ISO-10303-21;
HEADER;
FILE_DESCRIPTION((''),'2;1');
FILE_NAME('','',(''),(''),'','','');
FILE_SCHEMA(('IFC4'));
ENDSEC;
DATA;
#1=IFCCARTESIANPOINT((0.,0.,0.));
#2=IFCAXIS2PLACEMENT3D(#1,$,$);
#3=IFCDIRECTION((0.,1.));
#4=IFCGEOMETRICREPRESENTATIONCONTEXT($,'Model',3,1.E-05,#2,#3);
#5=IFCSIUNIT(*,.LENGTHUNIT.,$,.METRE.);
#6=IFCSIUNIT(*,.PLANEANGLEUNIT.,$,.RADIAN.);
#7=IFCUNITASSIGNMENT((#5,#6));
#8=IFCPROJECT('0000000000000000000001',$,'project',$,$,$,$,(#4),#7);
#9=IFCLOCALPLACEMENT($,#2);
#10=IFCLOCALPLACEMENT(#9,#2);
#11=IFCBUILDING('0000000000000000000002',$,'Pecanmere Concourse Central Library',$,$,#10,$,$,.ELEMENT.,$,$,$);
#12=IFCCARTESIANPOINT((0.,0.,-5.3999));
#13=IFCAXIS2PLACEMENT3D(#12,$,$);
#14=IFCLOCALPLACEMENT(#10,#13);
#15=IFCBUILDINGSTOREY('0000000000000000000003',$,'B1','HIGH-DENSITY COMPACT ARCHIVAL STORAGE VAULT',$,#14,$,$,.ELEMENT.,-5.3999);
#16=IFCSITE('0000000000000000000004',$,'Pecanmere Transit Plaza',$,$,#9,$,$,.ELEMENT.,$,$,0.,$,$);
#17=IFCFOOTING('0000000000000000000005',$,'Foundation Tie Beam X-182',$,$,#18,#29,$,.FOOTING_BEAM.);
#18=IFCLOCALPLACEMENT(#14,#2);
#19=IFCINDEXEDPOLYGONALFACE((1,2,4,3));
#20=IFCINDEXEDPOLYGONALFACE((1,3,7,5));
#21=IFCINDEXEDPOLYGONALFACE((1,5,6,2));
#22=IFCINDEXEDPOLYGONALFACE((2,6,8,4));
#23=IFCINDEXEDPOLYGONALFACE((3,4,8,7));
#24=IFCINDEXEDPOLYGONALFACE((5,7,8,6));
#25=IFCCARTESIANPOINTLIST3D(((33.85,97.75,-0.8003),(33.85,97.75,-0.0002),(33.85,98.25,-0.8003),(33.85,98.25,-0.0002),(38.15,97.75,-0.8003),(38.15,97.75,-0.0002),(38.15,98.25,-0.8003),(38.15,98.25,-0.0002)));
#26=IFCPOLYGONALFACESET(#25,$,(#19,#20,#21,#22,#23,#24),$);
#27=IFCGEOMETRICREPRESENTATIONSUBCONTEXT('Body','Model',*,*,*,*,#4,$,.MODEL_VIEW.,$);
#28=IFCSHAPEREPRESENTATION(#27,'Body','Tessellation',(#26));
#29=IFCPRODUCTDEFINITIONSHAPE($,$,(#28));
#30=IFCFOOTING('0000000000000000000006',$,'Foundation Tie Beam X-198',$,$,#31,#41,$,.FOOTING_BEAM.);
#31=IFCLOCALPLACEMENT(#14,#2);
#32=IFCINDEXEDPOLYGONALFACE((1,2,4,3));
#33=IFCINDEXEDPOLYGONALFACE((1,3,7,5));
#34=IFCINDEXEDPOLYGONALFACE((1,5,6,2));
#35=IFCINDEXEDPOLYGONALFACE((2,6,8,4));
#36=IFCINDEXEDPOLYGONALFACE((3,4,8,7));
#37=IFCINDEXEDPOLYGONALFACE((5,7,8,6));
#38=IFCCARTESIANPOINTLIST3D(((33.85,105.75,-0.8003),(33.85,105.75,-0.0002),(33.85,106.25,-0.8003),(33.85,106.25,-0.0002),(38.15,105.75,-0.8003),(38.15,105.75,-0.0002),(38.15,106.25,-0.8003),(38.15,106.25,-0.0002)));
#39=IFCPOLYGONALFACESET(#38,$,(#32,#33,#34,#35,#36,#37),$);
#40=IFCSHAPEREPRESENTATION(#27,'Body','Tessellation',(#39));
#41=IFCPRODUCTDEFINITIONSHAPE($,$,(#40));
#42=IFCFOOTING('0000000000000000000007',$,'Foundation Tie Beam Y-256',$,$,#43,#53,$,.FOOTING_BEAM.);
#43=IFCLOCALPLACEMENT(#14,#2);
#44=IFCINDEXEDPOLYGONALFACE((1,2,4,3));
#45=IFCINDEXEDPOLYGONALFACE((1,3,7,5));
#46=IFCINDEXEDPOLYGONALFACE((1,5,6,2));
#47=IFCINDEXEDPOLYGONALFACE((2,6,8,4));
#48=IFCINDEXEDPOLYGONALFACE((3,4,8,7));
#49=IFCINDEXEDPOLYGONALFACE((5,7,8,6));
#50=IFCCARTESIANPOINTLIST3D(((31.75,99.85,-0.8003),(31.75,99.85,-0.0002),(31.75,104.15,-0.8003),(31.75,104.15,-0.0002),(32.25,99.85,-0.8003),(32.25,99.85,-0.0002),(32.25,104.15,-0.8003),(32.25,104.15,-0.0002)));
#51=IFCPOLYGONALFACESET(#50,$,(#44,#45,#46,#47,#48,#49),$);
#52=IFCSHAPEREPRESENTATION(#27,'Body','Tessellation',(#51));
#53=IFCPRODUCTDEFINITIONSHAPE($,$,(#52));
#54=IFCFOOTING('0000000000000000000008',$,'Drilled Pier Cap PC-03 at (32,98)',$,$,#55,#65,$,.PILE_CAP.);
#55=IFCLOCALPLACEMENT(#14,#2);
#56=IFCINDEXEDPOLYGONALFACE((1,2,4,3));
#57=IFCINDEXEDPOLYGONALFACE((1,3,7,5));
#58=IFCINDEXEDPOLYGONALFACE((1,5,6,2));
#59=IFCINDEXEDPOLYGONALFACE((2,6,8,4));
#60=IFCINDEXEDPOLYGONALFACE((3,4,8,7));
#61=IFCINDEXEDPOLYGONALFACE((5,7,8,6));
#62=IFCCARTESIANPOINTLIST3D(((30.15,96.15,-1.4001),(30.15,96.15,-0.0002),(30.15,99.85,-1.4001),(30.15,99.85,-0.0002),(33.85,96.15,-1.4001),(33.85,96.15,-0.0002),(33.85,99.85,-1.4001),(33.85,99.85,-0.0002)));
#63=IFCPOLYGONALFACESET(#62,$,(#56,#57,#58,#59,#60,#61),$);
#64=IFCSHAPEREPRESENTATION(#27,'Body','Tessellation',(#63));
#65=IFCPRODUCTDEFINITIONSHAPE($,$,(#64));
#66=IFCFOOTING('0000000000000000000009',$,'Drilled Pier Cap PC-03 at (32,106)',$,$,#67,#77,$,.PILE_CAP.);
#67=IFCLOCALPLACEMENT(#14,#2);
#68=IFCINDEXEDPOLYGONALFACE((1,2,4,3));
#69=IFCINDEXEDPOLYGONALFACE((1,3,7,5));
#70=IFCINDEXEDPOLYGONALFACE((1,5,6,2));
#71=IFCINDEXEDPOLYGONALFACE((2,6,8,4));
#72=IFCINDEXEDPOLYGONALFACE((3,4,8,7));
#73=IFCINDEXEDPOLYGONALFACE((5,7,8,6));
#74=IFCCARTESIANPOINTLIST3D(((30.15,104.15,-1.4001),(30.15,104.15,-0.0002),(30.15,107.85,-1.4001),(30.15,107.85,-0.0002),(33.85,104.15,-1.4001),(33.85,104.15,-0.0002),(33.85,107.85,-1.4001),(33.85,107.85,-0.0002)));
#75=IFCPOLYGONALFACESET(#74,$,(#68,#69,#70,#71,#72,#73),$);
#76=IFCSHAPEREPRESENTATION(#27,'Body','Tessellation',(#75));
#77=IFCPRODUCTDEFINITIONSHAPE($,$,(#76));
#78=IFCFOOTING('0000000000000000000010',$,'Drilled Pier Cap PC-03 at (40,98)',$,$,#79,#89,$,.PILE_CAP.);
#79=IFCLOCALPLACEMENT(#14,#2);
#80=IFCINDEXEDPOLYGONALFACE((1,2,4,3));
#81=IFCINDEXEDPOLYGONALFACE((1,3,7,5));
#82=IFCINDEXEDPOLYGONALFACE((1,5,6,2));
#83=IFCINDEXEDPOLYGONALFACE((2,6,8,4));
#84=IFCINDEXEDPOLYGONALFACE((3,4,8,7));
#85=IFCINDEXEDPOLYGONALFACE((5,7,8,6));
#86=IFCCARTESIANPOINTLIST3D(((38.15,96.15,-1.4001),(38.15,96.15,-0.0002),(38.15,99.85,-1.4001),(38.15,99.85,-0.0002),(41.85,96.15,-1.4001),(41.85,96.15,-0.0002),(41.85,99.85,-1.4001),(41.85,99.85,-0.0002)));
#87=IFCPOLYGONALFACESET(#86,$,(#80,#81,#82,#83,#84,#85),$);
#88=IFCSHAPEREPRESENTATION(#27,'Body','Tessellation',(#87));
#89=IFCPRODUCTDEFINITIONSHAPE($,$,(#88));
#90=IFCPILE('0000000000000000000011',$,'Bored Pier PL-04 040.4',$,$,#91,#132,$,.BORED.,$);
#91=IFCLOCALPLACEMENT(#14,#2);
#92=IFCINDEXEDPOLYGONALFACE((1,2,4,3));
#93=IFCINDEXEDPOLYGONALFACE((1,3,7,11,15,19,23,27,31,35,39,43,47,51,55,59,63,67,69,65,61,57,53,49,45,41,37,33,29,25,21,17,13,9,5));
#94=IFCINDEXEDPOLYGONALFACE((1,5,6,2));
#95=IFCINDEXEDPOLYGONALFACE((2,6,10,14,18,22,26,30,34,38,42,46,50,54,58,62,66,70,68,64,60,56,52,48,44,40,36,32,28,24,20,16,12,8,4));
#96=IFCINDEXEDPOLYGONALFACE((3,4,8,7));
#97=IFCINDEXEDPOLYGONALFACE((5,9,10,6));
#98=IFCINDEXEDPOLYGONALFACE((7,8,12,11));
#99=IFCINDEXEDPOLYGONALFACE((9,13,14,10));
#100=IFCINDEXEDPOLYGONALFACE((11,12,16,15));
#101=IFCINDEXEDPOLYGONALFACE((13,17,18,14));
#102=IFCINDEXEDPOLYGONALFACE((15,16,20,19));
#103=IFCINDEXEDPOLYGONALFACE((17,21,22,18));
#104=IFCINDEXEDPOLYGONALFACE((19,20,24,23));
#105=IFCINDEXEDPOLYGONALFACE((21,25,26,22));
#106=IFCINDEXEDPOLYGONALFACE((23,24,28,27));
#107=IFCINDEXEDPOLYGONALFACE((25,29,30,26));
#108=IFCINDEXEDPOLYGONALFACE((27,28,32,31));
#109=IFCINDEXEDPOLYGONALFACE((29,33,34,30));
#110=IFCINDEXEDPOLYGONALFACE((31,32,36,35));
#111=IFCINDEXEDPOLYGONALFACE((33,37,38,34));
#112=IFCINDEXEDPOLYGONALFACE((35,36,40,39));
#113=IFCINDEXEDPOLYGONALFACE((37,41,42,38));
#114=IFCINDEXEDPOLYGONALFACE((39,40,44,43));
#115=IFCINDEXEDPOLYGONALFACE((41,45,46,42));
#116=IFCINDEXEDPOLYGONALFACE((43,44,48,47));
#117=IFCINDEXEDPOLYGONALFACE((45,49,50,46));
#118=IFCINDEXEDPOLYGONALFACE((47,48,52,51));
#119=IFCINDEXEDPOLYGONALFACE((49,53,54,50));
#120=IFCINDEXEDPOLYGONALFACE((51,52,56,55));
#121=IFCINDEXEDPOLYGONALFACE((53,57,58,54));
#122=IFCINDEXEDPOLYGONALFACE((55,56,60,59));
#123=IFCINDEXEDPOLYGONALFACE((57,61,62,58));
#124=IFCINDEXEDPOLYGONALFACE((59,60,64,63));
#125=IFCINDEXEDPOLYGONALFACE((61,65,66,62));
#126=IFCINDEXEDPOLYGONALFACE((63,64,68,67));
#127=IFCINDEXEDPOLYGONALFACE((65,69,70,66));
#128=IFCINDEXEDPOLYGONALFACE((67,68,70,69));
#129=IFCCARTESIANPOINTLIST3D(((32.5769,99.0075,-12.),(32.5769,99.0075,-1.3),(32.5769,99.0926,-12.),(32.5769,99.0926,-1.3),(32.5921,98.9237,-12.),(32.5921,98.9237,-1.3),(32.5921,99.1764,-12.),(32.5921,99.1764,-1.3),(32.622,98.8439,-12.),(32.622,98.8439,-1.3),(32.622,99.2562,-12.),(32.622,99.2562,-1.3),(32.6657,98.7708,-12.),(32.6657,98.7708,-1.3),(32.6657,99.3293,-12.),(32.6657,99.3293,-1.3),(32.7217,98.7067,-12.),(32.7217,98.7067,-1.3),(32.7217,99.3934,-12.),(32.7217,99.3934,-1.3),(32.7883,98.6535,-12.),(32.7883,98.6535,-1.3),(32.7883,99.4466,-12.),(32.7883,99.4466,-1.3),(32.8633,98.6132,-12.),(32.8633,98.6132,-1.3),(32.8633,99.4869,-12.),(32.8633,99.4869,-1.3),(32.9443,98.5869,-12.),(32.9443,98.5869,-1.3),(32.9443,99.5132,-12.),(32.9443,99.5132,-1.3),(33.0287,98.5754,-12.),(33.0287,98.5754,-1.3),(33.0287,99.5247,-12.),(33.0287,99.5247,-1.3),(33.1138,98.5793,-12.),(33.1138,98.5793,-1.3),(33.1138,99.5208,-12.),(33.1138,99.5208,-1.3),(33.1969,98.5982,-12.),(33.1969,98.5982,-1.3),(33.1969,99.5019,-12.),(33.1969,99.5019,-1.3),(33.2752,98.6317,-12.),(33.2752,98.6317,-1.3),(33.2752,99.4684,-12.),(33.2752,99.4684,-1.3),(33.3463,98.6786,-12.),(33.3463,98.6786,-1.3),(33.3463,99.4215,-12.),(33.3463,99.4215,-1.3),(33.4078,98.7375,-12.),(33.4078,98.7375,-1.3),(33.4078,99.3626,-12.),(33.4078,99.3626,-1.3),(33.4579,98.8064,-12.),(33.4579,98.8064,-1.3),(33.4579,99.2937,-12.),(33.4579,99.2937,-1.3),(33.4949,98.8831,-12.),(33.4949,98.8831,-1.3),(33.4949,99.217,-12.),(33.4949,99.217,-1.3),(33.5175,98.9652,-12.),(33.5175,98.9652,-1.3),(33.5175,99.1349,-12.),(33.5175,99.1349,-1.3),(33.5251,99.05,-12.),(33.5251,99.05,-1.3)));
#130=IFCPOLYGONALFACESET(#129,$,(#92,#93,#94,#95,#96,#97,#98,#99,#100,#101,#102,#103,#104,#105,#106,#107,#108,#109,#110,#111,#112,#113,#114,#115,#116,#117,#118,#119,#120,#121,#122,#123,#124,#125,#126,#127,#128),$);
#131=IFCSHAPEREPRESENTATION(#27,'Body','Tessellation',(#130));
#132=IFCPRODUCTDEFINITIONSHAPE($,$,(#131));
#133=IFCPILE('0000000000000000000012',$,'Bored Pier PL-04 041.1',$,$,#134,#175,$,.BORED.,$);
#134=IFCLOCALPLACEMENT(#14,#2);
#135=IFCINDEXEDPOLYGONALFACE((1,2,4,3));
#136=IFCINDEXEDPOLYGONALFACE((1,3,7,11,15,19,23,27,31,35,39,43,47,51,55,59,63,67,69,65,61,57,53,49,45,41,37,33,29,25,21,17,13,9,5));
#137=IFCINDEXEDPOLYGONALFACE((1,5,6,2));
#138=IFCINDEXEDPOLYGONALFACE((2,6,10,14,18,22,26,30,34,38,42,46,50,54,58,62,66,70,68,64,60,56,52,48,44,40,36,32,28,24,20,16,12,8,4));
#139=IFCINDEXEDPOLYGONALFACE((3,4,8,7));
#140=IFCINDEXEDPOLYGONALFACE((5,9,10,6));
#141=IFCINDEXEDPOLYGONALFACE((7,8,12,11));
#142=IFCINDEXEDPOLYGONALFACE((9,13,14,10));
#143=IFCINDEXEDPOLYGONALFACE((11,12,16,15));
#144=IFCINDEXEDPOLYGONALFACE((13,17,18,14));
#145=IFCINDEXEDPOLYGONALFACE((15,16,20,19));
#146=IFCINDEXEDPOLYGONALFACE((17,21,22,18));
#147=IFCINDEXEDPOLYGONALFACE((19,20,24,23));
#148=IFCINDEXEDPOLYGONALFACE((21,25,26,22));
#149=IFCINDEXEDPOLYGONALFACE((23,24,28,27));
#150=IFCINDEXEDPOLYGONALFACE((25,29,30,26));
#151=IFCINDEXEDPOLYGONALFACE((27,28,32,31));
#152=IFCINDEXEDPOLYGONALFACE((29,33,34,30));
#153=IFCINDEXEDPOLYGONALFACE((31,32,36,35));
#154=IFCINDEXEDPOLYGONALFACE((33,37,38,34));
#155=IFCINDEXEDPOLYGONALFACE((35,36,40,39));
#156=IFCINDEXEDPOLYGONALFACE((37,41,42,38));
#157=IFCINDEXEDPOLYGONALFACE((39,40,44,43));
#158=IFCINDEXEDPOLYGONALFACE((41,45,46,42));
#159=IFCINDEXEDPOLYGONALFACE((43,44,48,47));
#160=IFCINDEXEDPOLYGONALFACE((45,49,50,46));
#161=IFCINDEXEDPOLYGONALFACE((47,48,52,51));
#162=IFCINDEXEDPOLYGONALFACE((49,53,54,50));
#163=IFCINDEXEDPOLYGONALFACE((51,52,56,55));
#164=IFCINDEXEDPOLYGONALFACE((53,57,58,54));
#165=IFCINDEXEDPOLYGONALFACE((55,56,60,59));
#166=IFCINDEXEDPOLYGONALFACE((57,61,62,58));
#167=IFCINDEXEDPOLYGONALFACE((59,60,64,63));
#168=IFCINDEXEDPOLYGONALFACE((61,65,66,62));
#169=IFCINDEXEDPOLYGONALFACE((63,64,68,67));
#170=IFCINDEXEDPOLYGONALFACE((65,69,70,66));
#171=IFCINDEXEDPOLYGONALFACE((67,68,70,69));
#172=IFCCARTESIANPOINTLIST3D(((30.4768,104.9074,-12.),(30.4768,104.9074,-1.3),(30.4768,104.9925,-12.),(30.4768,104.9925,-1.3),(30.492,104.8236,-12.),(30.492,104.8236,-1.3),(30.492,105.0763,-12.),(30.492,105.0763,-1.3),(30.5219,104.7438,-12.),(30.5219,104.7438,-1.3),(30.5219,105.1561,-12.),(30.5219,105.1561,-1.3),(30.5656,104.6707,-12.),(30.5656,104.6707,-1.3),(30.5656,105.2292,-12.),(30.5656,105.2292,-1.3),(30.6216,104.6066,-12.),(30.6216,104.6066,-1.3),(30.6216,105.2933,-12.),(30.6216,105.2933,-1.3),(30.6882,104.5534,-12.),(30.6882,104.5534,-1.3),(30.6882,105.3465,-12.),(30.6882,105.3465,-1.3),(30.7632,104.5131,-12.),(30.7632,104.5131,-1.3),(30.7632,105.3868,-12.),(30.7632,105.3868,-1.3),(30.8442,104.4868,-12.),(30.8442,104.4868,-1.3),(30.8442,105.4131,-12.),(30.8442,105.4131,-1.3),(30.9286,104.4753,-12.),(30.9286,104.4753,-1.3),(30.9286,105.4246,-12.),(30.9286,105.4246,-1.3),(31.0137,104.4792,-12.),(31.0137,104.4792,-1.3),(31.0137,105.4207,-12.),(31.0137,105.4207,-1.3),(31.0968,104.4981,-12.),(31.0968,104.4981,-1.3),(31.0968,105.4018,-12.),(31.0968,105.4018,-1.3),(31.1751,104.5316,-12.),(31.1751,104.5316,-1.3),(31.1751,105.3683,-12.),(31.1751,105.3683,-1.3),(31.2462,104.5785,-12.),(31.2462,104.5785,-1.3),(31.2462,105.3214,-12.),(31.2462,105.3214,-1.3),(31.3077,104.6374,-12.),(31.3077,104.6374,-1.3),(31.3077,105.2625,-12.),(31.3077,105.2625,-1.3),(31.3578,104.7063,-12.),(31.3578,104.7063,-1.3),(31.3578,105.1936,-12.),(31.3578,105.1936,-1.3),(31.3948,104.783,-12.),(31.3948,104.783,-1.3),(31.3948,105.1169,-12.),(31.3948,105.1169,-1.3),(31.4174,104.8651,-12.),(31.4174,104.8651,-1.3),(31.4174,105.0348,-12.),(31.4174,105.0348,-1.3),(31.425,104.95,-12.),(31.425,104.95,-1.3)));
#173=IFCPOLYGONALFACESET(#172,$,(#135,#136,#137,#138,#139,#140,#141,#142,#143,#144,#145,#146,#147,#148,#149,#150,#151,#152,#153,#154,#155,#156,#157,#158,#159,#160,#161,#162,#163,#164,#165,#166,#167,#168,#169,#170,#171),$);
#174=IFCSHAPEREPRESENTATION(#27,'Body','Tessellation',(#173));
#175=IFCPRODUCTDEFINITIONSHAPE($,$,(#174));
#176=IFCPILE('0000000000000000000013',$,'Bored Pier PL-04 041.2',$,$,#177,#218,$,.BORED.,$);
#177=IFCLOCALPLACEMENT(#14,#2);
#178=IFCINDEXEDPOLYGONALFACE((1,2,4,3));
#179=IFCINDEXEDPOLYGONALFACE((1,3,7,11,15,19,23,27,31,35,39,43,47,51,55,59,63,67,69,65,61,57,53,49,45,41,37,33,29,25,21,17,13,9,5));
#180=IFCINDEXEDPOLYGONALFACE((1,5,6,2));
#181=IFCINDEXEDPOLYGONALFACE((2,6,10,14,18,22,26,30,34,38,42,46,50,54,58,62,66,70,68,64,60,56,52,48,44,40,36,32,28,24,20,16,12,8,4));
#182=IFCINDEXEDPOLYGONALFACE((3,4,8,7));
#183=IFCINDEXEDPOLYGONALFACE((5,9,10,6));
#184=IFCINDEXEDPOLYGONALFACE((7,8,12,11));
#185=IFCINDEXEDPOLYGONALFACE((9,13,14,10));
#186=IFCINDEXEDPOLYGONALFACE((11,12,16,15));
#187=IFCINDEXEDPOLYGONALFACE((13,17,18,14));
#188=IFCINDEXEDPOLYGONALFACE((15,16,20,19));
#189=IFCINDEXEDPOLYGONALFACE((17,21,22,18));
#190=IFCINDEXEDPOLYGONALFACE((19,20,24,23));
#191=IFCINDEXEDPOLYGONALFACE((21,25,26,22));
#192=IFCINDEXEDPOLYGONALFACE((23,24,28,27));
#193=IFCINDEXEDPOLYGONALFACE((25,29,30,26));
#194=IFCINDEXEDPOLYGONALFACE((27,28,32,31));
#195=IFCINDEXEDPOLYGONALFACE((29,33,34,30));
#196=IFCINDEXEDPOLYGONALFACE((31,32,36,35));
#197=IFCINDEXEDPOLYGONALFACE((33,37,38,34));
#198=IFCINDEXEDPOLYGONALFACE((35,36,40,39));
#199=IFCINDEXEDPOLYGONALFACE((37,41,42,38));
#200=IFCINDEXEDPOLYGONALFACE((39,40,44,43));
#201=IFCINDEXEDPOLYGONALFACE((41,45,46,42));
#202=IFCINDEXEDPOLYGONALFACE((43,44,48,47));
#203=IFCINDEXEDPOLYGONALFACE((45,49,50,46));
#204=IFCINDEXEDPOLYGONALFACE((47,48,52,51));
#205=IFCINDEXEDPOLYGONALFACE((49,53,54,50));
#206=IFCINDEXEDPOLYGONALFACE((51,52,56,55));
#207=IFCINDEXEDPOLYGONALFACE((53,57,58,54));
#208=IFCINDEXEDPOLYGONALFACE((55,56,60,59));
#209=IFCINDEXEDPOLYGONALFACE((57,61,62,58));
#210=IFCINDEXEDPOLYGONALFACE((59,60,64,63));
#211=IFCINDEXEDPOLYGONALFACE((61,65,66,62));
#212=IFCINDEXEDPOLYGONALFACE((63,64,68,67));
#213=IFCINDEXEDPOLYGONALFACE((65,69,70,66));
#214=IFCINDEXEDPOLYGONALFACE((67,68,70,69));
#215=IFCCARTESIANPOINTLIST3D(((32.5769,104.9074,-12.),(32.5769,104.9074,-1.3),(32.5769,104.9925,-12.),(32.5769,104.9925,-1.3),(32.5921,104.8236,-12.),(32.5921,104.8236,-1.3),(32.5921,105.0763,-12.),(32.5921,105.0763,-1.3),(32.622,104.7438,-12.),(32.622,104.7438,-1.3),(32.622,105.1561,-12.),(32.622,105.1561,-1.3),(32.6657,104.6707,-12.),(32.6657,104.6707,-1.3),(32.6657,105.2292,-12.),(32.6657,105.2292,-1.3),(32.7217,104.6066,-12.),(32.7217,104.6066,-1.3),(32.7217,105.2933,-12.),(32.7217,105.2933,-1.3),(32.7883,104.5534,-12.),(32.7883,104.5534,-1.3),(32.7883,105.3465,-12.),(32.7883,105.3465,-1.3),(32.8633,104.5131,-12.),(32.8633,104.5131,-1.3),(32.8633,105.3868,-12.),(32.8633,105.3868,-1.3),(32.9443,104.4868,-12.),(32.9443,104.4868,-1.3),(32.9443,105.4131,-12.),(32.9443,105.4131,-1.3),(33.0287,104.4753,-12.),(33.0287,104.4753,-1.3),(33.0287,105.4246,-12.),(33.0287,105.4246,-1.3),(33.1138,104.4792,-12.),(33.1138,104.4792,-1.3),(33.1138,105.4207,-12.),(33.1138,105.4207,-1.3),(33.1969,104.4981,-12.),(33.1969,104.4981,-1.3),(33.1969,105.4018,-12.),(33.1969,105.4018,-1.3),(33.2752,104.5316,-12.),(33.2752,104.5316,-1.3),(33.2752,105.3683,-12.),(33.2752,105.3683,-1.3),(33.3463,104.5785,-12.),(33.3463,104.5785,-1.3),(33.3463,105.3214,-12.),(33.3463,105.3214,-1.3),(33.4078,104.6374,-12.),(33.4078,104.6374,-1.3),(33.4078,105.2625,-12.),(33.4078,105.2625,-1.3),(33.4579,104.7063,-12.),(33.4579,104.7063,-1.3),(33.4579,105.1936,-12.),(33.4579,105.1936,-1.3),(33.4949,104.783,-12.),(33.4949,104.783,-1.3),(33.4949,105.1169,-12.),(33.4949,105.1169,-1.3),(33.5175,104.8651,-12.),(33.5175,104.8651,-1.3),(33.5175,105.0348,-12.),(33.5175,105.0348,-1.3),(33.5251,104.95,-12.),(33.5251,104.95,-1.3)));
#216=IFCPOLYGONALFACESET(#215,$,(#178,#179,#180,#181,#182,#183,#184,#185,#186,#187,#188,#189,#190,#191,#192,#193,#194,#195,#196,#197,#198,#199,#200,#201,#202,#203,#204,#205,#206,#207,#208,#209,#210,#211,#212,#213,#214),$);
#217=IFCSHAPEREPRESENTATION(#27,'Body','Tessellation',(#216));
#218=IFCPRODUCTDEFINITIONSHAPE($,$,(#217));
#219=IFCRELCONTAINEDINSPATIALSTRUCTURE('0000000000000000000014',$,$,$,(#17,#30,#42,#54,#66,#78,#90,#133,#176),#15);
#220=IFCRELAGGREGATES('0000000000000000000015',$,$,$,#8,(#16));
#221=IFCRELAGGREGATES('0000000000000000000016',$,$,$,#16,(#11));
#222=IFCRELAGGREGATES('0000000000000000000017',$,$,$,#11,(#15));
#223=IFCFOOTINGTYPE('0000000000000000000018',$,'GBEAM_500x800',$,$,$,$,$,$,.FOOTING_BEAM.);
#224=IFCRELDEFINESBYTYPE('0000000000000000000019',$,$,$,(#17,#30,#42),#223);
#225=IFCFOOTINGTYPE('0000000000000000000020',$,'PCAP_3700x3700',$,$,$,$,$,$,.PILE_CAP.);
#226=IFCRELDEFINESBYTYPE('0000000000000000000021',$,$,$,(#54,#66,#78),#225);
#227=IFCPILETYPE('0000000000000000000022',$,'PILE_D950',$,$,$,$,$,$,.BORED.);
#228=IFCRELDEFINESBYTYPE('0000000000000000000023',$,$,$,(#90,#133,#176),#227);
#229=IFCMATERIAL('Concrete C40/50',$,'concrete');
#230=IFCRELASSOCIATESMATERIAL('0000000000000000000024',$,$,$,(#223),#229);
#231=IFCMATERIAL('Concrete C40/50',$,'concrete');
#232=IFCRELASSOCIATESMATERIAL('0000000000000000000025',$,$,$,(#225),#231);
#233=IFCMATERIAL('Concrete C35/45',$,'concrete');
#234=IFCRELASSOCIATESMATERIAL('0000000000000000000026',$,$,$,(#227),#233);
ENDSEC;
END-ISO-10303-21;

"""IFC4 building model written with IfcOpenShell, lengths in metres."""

from ifc_helpers import new_model, si_unit, direction, frame, origin, origin_2d, place, context, subcontext, project, spatial, rectangle, circle, extrude, material, material_profile, profile_set, type_object, element, save


model = new_model("IFC4")

# Units and contexts
model_context = context("Model", 3, precision=1e-05, world=origin(), true_north=direction((0.0, 1.0)))
body_context = subcontext(model_context, "Body", "Model", "MODEL_VIEW")
ifc_project = project(units=[si_unit("LENGTHUNIT", "METRE"), si_unit("PLANEANGLEUNIT", "RADIAN")], contexts=[model_context])

# Site, building, storey
site_placement = place(None, origin())
site = spatial("IfcSite", under=ifc_project, at=site_placement, Name="Pecanmere Transit Plaza", CompositionType="ELEMENT", RefElevation=0.0)
building_placement = place(site_placement, origin())
building = spatial("IfcBuilding", under=site, at=building_placement, Name="Pecanmere Concourse Central Library", CompositionType="ELEMENT")
storey_placement = place(building_placement, frame((0.0, 0.0, -5.3999)))
storey = spatial("IfcBuildingStorey", under=building, at=storey_placement, Name="B1", Description="HIGH-DENSITY COMPACT ARCHIVAL STORAGE VAULT", CompositionType="ELEMENT", Elevation=-5.3999)

# Footings
ifc_material_1 = material(Name="Concrete C40/50", Category="concrete")
ifc_material_profile_1 = material_profile(ifc_material_1, rectangle(XDim=0.5, YDim=0.8, at=origin_2d()), Name="RC 500x800")
ifc_profile_set_1 = profile_set([ifc_material_profile_1], Name="Concrete C40/50")
footing_type_1 = type_object("IfcFootingType", Name="GBEAM_500x800", PredefinedType="FOOTING_BEAM", material=ifc_profile_set_1)
for number, where, z_axis, x_axis, name in (
    (1, (36.0, 98.0, -0.8003), (0.0, 0.0, 1.0), (1.0, 0.0, 0.0), "Foundation Tie Beam X-182"),
    (2, (36.0, 106.0, -0.8003), (0.0, 0.0, 1.0), (1.0, 0.0, 0.0), "Foundation Tie Beam X-198"),
    (3, (32.0, 102.0, -0.8003), (0.0, 0.0, 1.0), (0.0, 1.0, 0.0), "Foundation Tie Beam Y-256"),
):
    element("IfcFooting", number, at=place(storey_placement, frame(where, z_axis=z_axis, x_axis=x_axis)), inside=storey, type_object=footing_type_1, Name=name, PredefinedType="FOOTING_BEAM", context=body_context, shape_type="SweptSolid", body=[
        extrude(rectangle(XDim=4.3, YDim=0.5, at=origin_2d()), origin(), (0.0, 0.0, 1.0), 0.8),
    ])
ifc_material_2 = material(Name="Concrete C40/50", Category="concrete")
footing_type_2 = type_object("IfcFootingType", Name="PCAP_3700x3700", PredefinedType="PILE_CAP", material=ifc_material_2)
for number, where, z_axis, x_axis, name in (
    (4, (32.0, 98.0, -1.4001), (0.0, 0.0, 1.0), (1.0, 0.0, 0.0), "Drilled Pier Cap PC-03 at (32,98)"),
    (5, (32.0, 106.0, -1.4001), (0.0, 0.0, 1.0), (1.0, 0.0, 0.0), "Drilled Pier Cap PC-03 at (32,106)"),
    (6, (40.0, 98.0, -1.4001), (0.0, 0.0, 1.0), (1.0, 0.0, 0.0), "Drilled Pier Cap PC-03 at (40,98)"),
):
    element("IfcFooting", number, at=place(storey_placement, frame(where, z_axis=z_axis, x_axis=x_axis)), inside=storey, type_object=footing_type_2, Name=name, PredefinedType="PILE_CAP", context=body_context, shape_type="SweptSolid", body=[
        extrude(rectangle(XDim=3.7, YDim=3.7, at=origin_2d()), origin(), (0.0, 0.0, 1.0), 1.3999),
    ])

# Piles
ifc_material_3 = material(Name="Concrete C35/45", Category="concrete")
ifc_material_profile_2 = material_profile(ifc_material_3, circle(Radius=0.4751, at=origin_2d()), Name="PIER D950")
ifc_profile_set_2 = profile_set([ifc_material_profile_2], Name="Concrete C35/45")
pile_type = type_object("IfcPileType", Name="PILE_D950", PredefinedType="BORED", material=ifc_profile_set_2)
for number, where, z_axis, x_axis, name in (
    (7, (33.05, 99.05, -1.3), (0.0, 0.0, -1.0), (1.0, 0.0, 0.0), "Bored Pier PL-04 040.4"),
    (8, (30.95, 104.95, -1.3), (0.0, 0.0, -1.0), (1.0, 0.0, 0.0), "Bored Pier PL-04 041.1"),
    (9, (33.05, 104.95, -1.3), (0.0, 0.0, -1.0), (1.0, 0.0, 0.0), "Bored Pier PL-04 041.2"),
):
    element("IfcPile", number, at=place(storey_placement, frame(where, z_axis=z_axis, x_axis=x_axis)), inside=storey, type_object=pile_type, Name=name, PredefinedType="BORED", context=body_context, shape_type="SweptSolid", body=[
        extrude(circle(Radius=0.4751, at=origin_2d()), origin(), (0.0, 0.0, 1.0), 10.7),
    ])

save(model, "model.ifc")
